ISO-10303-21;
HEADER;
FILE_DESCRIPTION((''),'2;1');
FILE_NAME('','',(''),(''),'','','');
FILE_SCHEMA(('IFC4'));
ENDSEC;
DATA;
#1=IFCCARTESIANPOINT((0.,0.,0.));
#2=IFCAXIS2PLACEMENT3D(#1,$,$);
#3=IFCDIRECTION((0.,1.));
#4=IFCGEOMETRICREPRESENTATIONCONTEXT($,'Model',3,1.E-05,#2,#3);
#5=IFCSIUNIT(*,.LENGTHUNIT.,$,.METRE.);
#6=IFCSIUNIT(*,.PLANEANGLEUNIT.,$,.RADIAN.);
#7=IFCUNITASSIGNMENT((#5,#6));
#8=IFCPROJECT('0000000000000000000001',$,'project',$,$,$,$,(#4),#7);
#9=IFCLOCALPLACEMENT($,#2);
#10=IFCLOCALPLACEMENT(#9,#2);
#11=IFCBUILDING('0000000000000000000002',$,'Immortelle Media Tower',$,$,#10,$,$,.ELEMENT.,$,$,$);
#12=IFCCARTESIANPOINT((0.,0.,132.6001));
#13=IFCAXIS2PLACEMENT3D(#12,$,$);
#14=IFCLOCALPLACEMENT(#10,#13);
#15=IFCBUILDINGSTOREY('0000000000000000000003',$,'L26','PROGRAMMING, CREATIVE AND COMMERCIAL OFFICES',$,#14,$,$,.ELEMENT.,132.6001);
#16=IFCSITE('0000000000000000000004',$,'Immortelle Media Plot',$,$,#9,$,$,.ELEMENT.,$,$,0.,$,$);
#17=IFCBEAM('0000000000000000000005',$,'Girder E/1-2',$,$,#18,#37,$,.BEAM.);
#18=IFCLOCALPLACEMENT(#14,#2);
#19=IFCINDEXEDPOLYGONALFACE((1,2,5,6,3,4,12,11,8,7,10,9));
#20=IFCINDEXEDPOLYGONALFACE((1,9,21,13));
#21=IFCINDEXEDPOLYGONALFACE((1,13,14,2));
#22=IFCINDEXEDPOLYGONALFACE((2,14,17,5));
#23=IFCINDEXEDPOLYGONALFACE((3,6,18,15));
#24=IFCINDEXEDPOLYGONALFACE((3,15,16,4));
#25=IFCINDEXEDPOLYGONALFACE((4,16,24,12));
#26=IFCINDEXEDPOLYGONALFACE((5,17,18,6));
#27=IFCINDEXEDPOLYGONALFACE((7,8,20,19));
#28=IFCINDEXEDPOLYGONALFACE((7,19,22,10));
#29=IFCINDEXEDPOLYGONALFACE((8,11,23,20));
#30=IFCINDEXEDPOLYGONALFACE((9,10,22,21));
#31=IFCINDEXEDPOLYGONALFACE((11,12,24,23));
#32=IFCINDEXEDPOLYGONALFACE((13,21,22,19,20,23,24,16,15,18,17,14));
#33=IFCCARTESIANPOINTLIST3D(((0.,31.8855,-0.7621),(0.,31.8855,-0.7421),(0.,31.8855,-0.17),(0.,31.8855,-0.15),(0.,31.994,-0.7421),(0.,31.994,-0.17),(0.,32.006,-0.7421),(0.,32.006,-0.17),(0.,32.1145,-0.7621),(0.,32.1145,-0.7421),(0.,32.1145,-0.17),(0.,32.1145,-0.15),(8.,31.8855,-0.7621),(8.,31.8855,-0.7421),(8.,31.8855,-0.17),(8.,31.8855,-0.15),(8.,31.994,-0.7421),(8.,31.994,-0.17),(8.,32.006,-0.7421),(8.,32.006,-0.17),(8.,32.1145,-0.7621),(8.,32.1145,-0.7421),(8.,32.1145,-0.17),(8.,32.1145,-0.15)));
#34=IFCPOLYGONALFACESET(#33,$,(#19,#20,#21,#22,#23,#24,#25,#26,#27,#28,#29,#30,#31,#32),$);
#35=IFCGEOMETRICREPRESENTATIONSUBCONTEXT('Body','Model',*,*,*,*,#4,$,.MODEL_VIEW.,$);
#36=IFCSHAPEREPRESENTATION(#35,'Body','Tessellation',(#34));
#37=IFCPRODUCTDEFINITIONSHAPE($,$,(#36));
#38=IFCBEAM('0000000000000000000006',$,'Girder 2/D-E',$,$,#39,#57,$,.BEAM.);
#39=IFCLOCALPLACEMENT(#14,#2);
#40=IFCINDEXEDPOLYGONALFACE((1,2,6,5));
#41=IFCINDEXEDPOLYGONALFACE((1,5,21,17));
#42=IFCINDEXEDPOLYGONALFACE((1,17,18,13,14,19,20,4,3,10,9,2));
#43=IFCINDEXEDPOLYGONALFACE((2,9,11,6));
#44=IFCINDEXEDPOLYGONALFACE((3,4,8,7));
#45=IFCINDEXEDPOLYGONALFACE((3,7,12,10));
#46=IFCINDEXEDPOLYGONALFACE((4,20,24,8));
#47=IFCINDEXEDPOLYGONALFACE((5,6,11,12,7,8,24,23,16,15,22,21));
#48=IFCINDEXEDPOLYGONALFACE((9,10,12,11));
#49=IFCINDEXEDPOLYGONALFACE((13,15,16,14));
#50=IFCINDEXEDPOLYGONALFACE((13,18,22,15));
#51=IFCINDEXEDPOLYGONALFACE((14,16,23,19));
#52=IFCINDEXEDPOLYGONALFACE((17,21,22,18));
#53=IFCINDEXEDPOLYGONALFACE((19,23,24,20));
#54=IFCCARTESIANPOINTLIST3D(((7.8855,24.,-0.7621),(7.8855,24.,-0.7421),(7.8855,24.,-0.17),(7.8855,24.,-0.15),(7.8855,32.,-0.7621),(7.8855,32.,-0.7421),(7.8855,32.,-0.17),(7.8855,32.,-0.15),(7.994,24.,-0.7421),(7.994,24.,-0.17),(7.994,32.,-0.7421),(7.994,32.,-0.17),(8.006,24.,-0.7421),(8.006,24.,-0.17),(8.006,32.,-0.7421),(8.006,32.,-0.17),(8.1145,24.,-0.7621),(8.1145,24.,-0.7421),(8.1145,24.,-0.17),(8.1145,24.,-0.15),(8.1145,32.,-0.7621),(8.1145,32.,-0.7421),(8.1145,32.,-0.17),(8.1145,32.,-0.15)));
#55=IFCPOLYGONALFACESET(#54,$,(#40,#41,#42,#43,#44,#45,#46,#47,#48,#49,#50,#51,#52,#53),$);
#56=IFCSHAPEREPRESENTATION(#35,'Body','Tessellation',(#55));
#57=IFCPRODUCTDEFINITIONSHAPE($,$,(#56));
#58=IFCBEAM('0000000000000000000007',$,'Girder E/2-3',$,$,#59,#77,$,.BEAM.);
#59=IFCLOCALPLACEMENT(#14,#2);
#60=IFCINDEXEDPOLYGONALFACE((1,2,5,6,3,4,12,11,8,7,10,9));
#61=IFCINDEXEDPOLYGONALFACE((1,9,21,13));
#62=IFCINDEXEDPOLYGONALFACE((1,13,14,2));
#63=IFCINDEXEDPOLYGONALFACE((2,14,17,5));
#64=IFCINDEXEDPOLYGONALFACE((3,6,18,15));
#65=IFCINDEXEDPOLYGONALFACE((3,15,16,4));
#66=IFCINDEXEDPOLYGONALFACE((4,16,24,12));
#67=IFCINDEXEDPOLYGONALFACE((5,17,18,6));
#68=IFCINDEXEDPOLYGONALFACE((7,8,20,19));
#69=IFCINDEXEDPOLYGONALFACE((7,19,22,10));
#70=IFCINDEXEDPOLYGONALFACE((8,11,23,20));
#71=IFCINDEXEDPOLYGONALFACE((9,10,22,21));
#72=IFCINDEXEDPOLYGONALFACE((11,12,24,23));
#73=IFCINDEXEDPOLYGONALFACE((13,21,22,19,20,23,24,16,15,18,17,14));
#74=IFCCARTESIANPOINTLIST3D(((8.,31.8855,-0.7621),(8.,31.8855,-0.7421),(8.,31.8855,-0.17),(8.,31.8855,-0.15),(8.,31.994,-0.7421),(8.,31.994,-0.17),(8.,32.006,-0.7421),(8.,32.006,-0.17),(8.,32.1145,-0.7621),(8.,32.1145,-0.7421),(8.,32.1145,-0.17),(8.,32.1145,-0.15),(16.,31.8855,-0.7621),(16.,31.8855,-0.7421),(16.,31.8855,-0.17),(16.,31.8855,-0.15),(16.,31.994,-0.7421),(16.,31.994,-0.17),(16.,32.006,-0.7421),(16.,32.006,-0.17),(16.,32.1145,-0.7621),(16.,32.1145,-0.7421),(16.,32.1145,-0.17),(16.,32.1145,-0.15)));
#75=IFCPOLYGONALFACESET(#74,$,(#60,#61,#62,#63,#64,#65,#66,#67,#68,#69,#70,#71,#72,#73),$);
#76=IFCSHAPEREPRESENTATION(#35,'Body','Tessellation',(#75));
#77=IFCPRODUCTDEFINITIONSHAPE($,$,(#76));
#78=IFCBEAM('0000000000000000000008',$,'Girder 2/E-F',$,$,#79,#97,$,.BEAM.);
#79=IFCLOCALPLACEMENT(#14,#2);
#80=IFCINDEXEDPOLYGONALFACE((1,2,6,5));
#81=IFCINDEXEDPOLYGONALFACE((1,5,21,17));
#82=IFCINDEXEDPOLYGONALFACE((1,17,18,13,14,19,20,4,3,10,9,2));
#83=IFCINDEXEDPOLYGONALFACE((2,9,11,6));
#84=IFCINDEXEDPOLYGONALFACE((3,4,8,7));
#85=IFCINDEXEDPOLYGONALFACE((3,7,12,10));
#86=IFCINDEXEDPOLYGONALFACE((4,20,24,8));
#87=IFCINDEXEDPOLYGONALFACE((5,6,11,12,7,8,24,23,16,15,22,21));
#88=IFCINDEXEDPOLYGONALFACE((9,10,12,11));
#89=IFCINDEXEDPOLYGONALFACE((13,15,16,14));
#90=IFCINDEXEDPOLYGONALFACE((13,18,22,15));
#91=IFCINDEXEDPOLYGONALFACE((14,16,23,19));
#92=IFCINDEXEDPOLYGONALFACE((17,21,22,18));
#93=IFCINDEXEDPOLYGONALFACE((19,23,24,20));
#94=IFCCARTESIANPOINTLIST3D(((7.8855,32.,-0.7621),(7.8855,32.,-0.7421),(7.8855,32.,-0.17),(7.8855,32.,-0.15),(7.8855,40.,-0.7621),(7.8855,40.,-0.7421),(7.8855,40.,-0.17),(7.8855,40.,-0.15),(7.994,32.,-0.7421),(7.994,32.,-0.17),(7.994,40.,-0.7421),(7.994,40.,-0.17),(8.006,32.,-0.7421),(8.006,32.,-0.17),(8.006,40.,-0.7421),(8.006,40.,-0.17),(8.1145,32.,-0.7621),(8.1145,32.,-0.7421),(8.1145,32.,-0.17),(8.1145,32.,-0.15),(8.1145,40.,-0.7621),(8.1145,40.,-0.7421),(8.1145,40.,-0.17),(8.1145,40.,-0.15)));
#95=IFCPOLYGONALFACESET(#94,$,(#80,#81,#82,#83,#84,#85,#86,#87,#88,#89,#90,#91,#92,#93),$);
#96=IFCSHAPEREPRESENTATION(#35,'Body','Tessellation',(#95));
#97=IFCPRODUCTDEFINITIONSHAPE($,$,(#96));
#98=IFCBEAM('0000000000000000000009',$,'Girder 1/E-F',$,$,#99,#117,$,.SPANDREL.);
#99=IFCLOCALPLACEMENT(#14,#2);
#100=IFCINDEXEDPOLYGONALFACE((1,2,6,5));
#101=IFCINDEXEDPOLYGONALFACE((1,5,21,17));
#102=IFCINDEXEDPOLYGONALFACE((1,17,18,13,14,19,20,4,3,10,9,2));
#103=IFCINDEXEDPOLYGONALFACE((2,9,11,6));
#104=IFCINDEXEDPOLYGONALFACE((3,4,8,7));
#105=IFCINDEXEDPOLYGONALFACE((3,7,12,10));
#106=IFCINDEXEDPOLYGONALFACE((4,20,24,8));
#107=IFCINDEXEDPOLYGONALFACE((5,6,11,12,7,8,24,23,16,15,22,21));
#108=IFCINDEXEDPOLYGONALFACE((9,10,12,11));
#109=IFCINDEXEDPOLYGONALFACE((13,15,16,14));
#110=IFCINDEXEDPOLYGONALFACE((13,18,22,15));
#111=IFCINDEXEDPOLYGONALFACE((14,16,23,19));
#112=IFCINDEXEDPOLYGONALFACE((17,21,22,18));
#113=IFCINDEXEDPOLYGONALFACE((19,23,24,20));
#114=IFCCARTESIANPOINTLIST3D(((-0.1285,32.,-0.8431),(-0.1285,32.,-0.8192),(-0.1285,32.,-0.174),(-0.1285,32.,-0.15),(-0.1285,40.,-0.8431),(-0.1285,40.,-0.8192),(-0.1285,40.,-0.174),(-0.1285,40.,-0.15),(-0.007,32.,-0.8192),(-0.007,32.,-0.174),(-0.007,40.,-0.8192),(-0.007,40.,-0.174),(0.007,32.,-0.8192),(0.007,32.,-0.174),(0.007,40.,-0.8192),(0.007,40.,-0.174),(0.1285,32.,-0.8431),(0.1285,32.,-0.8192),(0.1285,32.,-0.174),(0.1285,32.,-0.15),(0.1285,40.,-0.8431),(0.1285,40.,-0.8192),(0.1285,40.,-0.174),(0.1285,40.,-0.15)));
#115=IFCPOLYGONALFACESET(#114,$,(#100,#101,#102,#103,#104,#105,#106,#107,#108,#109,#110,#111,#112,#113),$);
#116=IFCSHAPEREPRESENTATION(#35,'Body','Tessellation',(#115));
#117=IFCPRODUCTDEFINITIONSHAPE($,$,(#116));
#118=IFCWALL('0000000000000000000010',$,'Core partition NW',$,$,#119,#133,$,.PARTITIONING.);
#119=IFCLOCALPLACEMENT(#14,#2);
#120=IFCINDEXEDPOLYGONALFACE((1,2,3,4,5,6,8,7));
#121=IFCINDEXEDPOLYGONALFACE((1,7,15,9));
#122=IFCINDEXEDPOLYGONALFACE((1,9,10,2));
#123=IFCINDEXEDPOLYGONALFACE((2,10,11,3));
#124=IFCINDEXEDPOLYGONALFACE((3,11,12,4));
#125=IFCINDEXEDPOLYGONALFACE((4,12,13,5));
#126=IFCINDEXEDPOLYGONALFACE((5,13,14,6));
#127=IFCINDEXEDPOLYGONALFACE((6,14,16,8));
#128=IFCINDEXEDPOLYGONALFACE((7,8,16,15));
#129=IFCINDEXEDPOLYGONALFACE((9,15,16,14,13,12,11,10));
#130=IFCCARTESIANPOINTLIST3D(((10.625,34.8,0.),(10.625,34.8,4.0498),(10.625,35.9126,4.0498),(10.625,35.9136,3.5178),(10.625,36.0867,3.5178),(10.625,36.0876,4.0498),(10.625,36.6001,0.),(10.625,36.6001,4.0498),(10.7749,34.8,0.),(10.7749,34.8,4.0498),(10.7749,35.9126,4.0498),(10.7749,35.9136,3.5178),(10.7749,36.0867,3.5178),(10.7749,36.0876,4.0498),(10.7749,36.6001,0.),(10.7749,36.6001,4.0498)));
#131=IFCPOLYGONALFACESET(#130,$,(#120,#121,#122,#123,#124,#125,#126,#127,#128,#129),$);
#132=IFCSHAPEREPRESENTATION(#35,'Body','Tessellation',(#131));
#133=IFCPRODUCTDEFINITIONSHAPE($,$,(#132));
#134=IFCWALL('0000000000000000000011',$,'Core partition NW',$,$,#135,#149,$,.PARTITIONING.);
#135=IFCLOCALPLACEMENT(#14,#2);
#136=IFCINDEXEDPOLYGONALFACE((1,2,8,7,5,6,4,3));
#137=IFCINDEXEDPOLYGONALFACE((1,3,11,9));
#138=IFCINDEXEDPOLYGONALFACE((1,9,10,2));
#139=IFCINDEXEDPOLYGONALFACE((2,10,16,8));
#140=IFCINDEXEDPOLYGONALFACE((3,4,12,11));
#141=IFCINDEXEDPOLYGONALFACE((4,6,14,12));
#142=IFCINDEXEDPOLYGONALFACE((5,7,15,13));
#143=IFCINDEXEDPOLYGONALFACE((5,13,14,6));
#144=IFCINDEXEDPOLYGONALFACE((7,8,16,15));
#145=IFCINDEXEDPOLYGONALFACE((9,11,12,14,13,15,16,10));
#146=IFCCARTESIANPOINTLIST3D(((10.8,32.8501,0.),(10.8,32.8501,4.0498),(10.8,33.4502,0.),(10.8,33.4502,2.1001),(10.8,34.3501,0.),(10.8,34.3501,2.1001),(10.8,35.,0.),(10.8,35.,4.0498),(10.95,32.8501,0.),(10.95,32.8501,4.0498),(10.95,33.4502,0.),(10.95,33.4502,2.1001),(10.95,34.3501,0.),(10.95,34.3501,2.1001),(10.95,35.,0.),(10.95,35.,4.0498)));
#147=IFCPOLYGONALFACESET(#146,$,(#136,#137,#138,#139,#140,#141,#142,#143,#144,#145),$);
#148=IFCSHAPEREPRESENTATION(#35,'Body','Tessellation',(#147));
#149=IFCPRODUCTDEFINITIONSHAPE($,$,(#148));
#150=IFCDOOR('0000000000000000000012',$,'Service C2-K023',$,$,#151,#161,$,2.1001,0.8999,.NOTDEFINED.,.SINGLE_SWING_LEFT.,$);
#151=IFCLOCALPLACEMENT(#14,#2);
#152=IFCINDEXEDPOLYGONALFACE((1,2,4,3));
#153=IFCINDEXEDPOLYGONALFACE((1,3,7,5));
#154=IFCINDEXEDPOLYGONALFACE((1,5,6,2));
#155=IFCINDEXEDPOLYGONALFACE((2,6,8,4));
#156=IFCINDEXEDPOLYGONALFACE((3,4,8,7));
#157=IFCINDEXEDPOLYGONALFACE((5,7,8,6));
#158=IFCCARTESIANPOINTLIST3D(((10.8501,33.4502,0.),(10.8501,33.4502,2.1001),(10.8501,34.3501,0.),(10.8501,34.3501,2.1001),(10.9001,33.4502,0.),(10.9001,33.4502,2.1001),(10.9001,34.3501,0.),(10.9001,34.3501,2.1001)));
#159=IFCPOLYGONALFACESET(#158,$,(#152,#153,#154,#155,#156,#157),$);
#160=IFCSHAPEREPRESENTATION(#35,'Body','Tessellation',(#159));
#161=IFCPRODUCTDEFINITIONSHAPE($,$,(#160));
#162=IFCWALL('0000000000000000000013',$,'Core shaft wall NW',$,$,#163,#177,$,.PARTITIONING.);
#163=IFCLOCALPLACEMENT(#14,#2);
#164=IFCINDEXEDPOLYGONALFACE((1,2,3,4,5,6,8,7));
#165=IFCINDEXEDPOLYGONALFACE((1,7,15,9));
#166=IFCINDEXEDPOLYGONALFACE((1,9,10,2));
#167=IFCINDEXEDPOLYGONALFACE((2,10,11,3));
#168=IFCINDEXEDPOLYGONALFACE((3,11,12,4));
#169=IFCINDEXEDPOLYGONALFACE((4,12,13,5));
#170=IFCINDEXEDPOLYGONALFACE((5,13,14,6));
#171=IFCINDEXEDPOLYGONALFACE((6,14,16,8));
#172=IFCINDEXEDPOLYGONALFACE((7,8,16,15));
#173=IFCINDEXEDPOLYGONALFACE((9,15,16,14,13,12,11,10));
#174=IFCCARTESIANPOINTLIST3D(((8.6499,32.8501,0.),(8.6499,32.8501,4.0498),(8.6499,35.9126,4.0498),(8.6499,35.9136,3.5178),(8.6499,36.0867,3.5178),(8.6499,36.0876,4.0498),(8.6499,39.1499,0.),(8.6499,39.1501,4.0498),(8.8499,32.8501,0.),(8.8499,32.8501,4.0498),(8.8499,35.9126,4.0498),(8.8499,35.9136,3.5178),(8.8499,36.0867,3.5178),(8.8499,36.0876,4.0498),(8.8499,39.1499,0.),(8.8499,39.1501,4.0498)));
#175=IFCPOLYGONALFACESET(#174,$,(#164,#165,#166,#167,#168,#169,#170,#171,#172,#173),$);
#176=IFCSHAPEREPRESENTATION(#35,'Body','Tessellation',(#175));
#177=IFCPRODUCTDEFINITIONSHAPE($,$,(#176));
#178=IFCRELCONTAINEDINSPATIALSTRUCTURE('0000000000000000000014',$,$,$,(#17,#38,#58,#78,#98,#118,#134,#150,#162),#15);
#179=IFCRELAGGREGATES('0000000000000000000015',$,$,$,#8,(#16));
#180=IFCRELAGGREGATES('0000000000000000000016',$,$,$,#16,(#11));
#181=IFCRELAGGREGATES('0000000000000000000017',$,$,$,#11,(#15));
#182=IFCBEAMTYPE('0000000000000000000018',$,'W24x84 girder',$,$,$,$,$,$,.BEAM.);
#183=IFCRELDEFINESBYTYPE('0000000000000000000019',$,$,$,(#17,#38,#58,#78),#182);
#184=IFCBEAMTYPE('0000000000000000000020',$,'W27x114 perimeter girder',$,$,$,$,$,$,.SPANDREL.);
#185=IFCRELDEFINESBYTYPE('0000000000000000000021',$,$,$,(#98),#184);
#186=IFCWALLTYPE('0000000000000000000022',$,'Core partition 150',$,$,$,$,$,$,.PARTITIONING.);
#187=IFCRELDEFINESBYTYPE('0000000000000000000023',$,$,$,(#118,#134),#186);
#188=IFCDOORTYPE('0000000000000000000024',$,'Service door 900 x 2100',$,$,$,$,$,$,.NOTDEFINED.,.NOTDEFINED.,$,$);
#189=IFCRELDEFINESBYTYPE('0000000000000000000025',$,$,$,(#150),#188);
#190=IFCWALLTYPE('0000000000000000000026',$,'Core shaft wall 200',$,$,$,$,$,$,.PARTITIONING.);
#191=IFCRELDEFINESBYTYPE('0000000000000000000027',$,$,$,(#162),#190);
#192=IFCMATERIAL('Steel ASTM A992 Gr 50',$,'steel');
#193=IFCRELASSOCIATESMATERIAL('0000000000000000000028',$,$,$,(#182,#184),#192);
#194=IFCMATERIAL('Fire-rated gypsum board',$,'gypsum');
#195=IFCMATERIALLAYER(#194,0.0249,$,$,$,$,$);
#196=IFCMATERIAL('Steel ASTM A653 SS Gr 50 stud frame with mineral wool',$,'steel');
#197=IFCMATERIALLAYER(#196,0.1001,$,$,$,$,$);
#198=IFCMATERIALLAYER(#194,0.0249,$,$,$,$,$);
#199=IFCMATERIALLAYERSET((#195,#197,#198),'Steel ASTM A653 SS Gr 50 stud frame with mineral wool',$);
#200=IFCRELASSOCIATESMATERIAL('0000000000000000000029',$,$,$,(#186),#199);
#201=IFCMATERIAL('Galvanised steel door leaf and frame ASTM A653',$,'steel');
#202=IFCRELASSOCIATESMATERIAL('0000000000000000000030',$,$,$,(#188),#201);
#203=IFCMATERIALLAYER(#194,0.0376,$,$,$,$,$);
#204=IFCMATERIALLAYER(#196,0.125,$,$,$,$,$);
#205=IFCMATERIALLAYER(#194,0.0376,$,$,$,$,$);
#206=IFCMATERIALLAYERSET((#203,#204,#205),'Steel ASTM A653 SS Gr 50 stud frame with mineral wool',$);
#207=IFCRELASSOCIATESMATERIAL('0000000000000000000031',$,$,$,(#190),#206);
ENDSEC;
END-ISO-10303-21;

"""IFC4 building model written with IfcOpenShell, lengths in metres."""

from ifc_helpers import new_model, si_unit, direction, frame, frame_2d, origin, origin_2d, place, context, subcontext, project, spatial, polyline, rectangle, i_section, outline, extrude, material, layer, layer_set, material_profile, profile_set, type_object, element, fill, save


model = new_model("IFC4")

# Units and contexts
model_context = context("Model", 3, precision=1e-05, world=origin(), true_north=direction((0.0, 1.0)))
body_context = subcontext(model_context, "Body", "Model", "MODEL_VIEW")
ifc_project = project(units=[si_unit("LENGTHUNIT", "METRE"), si_unit("PLANEANGLEUNIT", "RADIAN")], contexts=[model_context])

# Site, building, storey
site_placement = place(None, origin())
site = spatial("IfcSite", under=ifc_project, at=site_placement, Name="Immortelle Media Plot", CompositionType="ELEMENT", RefElevation=0.0)
building_placement = place(site_placement, origin())
building = spatial("IfcBuilding", under=site, at=building_placement, Name="Immortelle Media Tower", CompositionType="ELEMENT")
storey_placement = place(building_placement, frame((0.0, 0.0, 132.6001)))
storey = spatial("IfcBuildingStorey", under=building, at=storey_placement, Name="L26", Description="PROGRAMMING, CREATIVE AND COMMERCIAL OFFICES", CompositionType="ELEMENT", Elevation=132.6001)

# Shared definitions
ifc_material_1 = material(Name="Steel ASTM A992 Gr 50", Category="steel")

# Beams
ifc_material_profile_1 = material_profile(ifc_material_1, i_section(OverallWidth=0.229, OverallDepth=0.6121, WebThickness=0.012, FlangeThickness=0.02, at=origin_2d()), Name="W24x84")
ifc_profile_set_1 = profile_set([ifc_material_profile_1], Name="Steel ASTM A992 Gr 50")
beam_type_1 = type_object("IfcBeamType", Name="W24x84 girder", PredefinedType="BEAM", material=ifc_profile_set_1)
for number, where, z_axis, x_axis, name in (
    (1, (0.0, 32.0, -0.4561), (1.0, 0.0, 0.0), (0.0, 1.0, 0.0), "Girder E/1-2"),
    (2, (8.0, 24.0, -0.4561), (0.0, 1.0, 0.0), (-1.0, 0.0, 0.0), "Girder 2/D-E"),
    (3, (8.0, 32.0, -0.4561), (1.0, 0.0, 0.0), (0.0, 1.0, 0.0), "Girder E/2-3"),
    (4, (8.0, 32.0, -0.4561), (0.0, 1.0, 0.0), (-1.0, 0.0, 0.0), "Girder 2/E-F"),
):
    element("IfcBeam", number, at=place(storey_placement, frame(where, z_axis=z_axis, x_axis=x_axis)), inside=storey, type_object=beam_type_1, Name=name, PredefinedType="BEAM", context=body_context, shape_type="SweptSolid", body=[
        extrude(i_section(OverallWidth=0.229, OverallDepth=0.6121, WebThickness=0.012, FlangeThickness=0.02, at=origin_2d()), origin(), (0.0, 0.0, 1.0), 8.0),
    ])
ifc_material_profile_2 = material_profile(ifc_material_1, i_section(OverallWidth=0.2571, OverallDepth=0.6931, WebThickness=0.0139, FlangeThickness=0.0239, at=origin_2d()), Name="W27x114")
ifc_profile_set_2 = profile_set([ifc_material_profile_2], Name="Steel ASTM A992 Gr 50")
beam_type_2 = type_object("IfcBeamType", Name="W27x114 perimeter girder", PredefinedType="SPANDREL", material=ifc_profile_set_2)
beam_1_placement = place(storey_placement, frame((0.0, 32.0, -0.4966), z_axis=(0.0, 1.0, 0.0), x_axis=(-1.0, 0.0, 0.0)))
element("IfcBeam", 5, at=beam_1_placement, inside=storey, type_object=beam_type_2, Name="Girder 1/E-F", PredefinedType="SPANDREL", context=body_context, shape_type="SweptSolid", body=[
    extrude(i_section(OverallWidth=0.2571, OverallDepth=0.6931, WebThickness=0.0139, FlangeThickness=0.0239, at=origin_2d()), origin(), (0.0, 0.0, 1.0), 8.0),
])

# Wall
ifc_material_2 = material(Name="Fire-rated gypsum board", Category="gypsum")
ifc_layer_1 = layer(ifc_material_2, 0.0249)
ifc_material_3 = material(Name="Steel ASTM A653 SS Gr 50 stud frame with mineral wool", Category="steel")
ifc_layer_2 = layer(ifc_material_3, 0.1001)
ifc_layer_3 = layer(ifc_material_2, 0.0249)
ifc_layer_set_1 = layer_set([ifc_layer_1, ifc_layer_2, ifc_layer_3], Name="Steel ASTM A653 SS Gr 50 stud frame with mineral wool")
wall_type_1 = type_object("IfcWallType", Name="Core partition 150", PredefinedType="PARTITIONING", material=ifc_layer_set_1)
wall_1_placement = place(storey_placement, frame((10.7, 34.8, 0.0), z_axis=(0.0, 0.0, 1.0), x_axis=(0.0, 1.0, 0.0)))
element("IfcWall", 6, at=wall_1_placement, inside=storey, type_object=wall_type_1, Name="Core partition NW", PredefinedType="PARTITIONING", context=body_context, shape_type="SweptSolid", body=[
    extrude(outline(polyline([(0.0, 0.0), (1.8, 0.0), (1.8, 4.0498), (1.2876, 4.0498), (1.2866, 3.5178), (1.1135, 3.5178), (1.1125, 4.0498), (0.0, 4.0498), (0.0, 0.0)])), frame((0.0, 0.075, 0.0), z_axis=(0.0, -1.0, 0.0), x_axis=(1.0, 0.0, 0.0)), (0.0, 0.0, 1.0), 0.1499),
])

# Wall, opening, door
wall_2_placement = place(storey_placement, frame((10.875, 32.8501, 0.0), z_axis=(0.0, 0.0, 1.0), x_axis=(0.0, 1.0, 0.0)))
wall_2 = element("IfcWall", 7, at=wall_2_placement, inside=storey, type_object=wall_type_1, Name="Core partition NW", PredefinedType="PARTITIONING", context=body_context, shape_type="SweptSolid", body=[
    extrude(rectangle(XDim=2.1499, YDim=0.1499, at=frame_2d((1.075, 0.0))), origin(), (0.0, 0.0, 1.0), 4.0498),
])
opening_1_placement = place(wall_2_placement, frame((0.6001, 0.0, 0.0)))
opening_1 = element("IfcOpeningElement", 8, at=opening_1_placement, cuts=wall_2, PredefinedType="OPENING", context=body_context, shape_type="SweptSolid", body=[
    extrude(rectangle(XDim=0.8999, YDim=2.1001, at=frame_2d((0.45, 1.05))), frame((0.0, 0.085, 0.0), z_axis=(0.0, -1.0, 0.0), x_axis=(1.0, 0.0, 0.0)), (0.0, 0.0, 1.0), 0.1699),
])
ifc_material_4 = material(Name="Galvanised steel door leaf and frame ASTM A653", Category="steel")
door_type_1 = type_object("IfcDoorType", Name="Service door 900 x 2100", OperationType="NOTDEFINED", PredefinedType="NOTDEFINED", material=ifc_material_4)
door_1_placement = place(opening_1_placement, origin())
door_1 = element("IfcDoor", 9, at=door_1_placement, inside=storey, type_object=door_type_1, Name="Service C2-K023", OperationType="SINGLE_SWING_LEFT", OverallHeight=2.1001, OverallWidth=0.8999, PredefinedType="NOTDEFINED", context=body_context, shape_type="SweptSolid", body=[
    extrude(rectangle(XDim=0.8999, YDim=2.1001, at=frame_2d((0.45, 1.05))), frame((0.0, 0.0249, 0.0), z_axis=(0.0, -1.0, 0.0), x_axis=(1.0, 0.0, 0.0)), (0.0, 0.0, 1.0), 0.05),
])
fill(opening_1, door_1)

# Wall
ifc_layer_4 = layer(ifc_material_2, 0.0376)
ifc_layer_5 = layer(ifc_material_3, 0.125)
ifc_layer_6 = layer(ifc_material_2, 0.0376)
ifc_layer_set_2 = layer_set([ifc_layer_4, ifc_layer_5, ifc_layer_6], Name="Steel ASTM A653 SS Gr 50 stud frame with mineral wool")
wall_type_2 = type_object("IfcWallType", Name="Core shaft wall 200", PredefinedType="PARTITIONING", material=ifc_layer_set_2)
wall_3_placement = place(storey_placement, frame((8.75, 32.8501, 0.0), z_axis=(0.0, 0.0, 1.0), x_axis=(0.0, 1.0, 0.0)))
element("IfcWall", 10, at=wall_3_placement, inside=storey, type_object=wall_type_2, Name="Core shaft wall NW", PredefinedType="PARTITIONING", context=body_context, shape_type="SweptSolid", body=[
    extrude(outline(polyline([(0.0, 0.0), (6.2998, 0.0), (6.3, 4.0498), (3.2375, 4.0498), (3.2366, 3.5178), (3.0635, 3.5178), (3.0625, 4.0498), (0.0, 4.0498), (0.0, 0.0)])), frame((0.0, 0.1001, 0.0), z_axis=(0.0, -1.0, 0.0), x_axis=(1.0, 0.0, 0.0)), (0.0, 0.0, 1.0), 0.2),
])

save(model, "model.ifc")
